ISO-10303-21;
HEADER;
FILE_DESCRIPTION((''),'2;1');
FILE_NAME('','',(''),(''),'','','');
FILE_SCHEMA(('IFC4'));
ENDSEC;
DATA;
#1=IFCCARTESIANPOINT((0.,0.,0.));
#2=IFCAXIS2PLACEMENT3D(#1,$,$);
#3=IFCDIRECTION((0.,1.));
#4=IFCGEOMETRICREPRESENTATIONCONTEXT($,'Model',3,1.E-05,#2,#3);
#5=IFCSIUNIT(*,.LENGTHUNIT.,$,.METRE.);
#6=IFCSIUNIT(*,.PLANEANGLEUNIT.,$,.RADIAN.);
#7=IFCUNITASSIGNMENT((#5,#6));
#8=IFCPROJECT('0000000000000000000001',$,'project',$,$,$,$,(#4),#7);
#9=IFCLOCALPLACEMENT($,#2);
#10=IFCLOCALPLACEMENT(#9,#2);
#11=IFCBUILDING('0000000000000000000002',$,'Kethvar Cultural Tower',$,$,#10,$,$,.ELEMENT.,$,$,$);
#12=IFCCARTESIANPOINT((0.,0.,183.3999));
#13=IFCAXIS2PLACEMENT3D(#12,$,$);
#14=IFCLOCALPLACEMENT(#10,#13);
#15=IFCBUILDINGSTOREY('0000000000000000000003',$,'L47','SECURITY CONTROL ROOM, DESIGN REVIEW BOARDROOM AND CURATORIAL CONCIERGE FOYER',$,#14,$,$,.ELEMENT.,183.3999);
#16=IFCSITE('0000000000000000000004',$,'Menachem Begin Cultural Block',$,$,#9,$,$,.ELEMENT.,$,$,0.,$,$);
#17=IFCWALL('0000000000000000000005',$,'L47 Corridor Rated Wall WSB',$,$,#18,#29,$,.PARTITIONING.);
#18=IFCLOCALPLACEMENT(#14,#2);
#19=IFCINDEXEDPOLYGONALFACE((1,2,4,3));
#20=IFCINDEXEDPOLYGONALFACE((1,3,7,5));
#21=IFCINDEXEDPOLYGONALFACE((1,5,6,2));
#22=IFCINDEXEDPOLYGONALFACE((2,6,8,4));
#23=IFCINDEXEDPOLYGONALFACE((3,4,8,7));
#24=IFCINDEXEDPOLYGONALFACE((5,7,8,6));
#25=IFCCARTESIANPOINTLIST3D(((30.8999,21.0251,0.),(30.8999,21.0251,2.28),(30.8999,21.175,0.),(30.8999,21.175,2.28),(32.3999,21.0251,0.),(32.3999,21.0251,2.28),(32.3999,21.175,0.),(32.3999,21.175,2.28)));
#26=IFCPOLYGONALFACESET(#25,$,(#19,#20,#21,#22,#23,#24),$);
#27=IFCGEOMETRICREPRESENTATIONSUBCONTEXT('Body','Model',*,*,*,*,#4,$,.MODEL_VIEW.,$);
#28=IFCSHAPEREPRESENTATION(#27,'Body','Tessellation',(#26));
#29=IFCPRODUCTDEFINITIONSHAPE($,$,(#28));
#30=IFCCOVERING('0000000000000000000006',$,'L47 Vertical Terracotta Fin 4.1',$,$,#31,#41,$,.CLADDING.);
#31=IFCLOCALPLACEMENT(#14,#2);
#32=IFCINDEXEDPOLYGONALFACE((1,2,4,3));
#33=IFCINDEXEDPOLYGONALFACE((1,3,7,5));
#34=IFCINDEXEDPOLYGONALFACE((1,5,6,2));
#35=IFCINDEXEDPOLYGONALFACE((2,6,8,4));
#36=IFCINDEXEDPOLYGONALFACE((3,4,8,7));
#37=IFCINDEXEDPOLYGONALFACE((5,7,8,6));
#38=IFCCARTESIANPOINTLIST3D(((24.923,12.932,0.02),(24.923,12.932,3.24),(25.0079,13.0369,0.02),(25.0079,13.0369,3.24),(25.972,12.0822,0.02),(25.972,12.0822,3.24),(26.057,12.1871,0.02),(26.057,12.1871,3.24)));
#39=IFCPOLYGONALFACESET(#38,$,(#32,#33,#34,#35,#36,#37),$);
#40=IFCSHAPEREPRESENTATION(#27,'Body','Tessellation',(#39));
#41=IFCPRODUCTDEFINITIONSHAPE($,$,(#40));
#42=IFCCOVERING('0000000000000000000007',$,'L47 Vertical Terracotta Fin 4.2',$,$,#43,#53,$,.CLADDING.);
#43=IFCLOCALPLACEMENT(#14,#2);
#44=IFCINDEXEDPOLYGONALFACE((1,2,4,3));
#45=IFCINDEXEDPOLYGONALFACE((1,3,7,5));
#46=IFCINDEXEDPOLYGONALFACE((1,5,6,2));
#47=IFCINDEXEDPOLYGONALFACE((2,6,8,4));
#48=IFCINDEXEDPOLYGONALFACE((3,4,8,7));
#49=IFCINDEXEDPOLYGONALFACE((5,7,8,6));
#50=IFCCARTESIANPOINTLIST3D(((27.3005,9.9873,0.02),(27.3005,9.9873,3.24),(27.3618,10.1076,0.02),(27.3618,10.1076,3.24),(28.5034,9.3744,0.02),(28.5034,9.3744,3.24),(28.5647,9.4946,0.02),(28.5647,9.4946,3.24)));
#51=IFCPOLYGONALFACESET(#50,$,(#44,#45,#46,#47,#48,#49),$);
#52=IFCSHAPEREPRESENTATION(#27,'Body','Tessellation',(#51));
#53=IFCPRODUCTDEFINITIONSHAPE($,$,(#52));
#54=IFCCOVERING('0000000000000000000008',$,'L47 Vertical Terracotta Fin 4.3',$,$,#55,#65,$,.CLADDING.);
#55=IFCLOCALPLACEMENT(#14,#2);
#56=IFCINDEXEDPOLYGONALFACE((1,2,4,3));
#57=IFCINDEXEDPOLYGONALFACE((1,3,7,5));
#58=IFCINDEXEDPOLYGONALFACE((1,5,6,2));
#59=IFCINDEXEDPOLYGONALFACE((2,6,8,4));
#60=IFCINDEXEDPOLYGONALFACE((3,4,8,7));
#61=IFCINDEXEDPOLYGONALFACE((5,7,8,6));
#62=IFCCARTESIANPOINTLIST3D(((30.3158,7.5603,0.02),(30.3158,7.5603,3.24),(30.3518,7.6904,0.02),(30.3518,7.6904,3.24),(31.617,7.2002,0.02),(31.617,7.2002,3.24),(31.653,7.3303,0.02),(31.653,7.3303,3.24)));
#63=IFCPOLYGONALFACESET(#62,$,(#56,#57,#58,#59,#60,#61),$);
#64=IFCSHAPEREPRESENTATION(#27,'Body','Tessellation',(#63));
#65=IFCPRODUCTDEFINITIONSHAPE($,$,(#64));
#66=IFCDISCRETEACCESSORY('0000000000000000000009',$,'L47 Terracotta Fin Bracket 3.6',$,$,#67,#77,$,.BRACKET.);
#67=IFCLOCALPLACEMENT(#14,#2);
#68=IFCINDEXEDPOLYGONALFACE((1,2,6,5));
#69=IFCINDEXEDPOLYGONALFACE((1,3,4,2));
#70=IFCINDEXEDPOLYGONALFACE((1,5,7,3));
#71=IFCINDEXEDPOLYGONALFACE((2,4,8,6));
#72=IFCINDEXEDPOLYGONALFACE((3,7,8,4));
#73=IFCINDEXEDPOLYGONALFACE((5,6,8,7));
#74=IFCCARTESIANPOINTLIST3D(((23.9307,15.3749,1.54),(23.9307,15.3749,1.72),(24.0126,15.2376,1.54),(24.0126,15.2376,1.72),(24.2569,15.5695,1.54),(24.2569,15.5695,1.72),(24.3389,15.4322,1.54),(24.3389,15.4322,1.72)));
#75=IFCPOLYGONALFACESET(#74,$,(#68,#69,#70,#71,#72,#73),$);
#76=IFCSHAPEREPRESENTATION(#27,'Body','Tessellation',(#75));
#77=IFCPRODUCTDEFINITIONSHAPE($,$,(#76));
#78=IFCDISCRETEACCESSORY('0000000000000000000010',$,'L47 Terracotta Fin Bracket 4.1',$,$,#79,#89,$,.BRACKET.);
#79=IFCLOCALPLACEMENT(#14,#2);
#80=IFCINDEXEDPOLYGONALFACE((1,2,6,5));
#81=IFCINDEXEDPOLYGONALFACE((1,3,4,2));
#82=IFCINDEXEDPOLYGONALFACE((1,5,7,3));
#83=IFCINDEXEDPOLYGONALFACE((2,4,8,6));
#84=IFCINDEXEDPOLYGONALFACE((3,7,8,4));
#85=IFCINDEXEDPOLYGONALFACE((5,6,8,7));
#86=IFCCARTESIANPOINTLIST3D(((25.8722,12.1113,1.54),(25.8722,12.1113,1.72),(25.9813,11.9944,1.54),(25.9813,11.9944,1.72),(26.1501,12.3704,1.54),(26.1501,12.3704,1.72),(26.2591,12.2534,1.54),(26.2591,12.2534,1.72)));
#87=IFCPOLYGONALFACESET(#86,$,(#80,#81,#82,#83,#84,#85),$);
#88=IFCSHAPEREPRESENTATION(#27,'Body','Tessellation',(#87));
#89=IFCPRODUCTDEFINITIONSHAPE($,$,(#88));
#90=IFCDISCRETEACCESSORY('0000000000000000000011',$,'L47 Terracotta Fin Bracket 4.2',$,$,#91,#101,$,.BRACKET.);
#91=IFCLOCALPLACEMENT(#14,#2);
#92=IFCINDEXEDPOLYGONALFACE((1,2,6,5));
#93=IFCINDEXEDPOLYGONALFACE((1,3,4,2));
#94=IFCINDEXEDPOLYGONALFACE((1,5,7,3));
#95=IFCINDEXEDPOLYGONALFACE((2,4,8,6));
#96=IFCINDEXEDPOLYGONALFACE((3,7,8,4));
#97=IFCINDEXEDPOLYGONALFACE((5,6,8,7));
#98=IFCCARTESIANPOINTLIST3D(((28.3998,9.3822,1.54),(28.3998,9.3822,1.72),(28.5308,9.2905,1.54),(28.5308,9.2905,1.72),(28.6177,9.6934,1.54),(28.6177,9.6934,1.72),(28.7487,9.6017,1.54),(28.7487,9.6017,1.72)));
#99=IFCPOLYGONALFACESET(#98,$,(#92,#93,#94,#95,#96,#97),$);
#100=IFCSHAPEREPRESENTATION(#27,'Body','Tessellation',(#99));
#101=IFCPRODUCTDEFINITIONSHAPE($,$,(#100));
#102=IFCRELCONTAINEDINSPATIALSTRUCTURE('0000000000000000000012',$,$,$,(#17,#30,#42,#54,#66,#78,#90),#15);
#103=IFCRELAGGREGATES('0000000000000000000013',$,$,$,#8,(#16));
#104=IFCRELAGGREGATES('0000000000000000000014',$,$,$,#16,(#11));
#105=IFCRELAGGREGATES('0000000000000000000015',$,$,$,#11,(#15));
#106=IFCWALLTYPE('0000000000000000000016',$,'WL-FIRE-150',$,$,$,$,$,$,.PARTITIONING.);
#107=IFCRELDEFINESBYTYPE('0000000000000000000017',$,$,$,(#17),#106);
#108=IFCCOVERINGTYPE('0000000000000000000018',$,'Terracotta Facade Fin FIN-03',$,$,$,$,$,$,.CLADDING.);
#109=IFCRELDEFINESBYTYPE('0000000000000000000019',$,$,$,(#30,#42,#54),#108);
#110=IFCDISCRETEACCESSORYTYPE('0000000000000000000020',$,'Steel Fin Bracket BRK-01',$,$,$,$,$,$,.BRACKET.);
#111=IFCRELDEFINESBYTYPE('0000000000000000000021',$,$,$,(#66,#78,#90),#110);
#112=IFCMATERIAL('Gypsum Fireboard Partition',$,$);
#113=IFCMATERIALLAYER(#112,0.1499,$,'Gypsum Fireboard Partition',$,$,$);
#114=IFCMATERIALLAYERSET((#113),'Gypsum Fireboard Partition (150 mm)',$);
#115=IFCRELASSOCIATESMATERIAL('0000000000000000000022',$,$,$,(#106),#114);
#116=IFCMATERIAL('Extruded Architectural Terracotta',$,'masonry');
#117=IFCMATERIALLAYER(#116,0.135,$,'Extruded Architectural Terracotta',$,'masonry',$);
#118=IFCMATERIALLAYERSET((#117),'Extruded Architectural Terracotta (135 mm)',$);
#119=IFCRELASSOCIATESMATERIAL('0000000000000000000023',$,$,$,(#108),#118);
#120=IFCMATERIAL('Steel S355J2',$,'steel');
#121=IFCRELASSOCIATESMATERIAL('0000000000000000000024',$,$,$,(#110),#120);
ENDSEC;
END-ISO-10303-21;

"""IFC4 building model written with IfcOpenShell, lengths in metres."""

from ifc_helpers import new_model, si_unit, direction, frame, frame_2d, origin, origin_2d, place, context, subcontext, project, spatial, rectangle, extrude, source, transform, mapped, material, layer, layer_set, type_object, element, save


model = new_model("IFC4")

# Units and contexts
model_context = context("Model", 3, precision=1e-05, world=origin(), true_north=direction((0.0, 1.0)))
body_context = subcontext(model_context, "Body", "Model", "MODEL_VIEW")
ifc_project = project(units=[si_unit("LENGTHUNIT", "METRE"), si_unit("PLANEANGLEUNIT", "RADIAN")], contexts=[model_context])

# Site, building, storey
site_placement = place(None, origin())
site = spatial("IfcSite", under=ifc_project, at=site_placement, Name="Menachem Begin Cultural Block", CompositionType="ELEMENT", RefElevation=0.0)
building_placement = place(site_placement, origin())
building = spatial("IfcBuilding", under=site, at=building_placement, Name="Kethvar Cultural Tower", CompositionType="ELEMENT")
storey_placement = place(building_placement, frame((0.0, 0.0, 183.3999)))
storey = spatial("IfcBuildingStorey", under=building, at=storey_placement, Name="L47", Description="SECURITY CONTROL ROOM, DESIGN REVIEW BOARDROOM AND CURATORIAL CONCIERGE FOYER", CompositionType="ELEMENT", Elevation=183.3999)

# Shared definitions
ifc_material_1 = material(Name="Steel S355J2", Category="steel")

# Wall
ifc_material_2 = material(Name="Gypsum Fireboard Partition")
ifc_layer_1 = layer(ifc_material_2, 0.1499, Name="Gypsum Fireboard Partition")
ifc_layer_set_1 = layer_set([ifc_layer_1], Name="Gypsum Fireboard Partition (150 mm)")
wall_type = type_object("IfcWallType", Name="WL-FIRE-150", PredefinedType="PARTITIONING", material=ifc_layer_set_1)
wall_1_placement = place(storey_placement, frame((30.8999, 21.1001, 0.0), z_axis=(0.0, 0.0, 1.0), x_axis=(1.0, 0.0, 0.0)))
element("IfcWall", 1, at=wall_1_placement, inside=storey, type_object=wall_type, Name="L47 Corridor Rated Wall WSB", PredefinedType="PARTITIONING", context=body_context, shape_type="SweptSolid", body=[
    extrude(rectangle(XDim=1.5, YDim=0.1499, at=frame_2d((0.75, 0.0))), origin(), (0.0, 0.0, 1.0), 2.28),
])

# Coverings
ifc_material_3 = material(Name="Extruded Architectural Terracotta", Category="masonry")
ifc_layer_2 = layer(ifc_material_3, 0.135, Name="Extruded Architectural Terracotta", Category="masonry")
ifc_layer_set_2 = layer_set([ifc_layer_2], Name="Extruded Architectural Terracotta (135 mm)")
covering_type = type_object("IfcCoveringType", Name="Terracotta Facade Fin FIN-03", PredefinedType="CLADDING", material=ifc_layer_set_2)
shared_shape_1 = source(origin(), body_context, "Body", "SweptSolid", [
    extrude(rectangle(XDim=1.3501, YDim=0.135, at=origin_2d()), origin(), (0.0, 0.0, 1.0), 3.22),
])
for number, where, z_axis, x_axis, name in (
    (2, (25.49, 12.5596, 0.02), (0.0, 0.0, 1.0), (-0.777036, 0.629456, 0.0), "L47 Vertical Terracotta Fin 4.1"),
    (3, (27.9326, 9.741, 0.02), (0.0, 0.0, 1.0), (-0.891007, 0.45399, 0.0), "L47 Vertical Terracotta Fin 4.2"),
    (4, (30.9844, 7.4453, 0.02), (0.0, 0.0, 1.0), (-0.96377, 0.266734, 0.0), "L47 Vertical Terracotta Fin 4.3"),
):
    element("IfcCovering", number, at=place(storey_placement, frame(where, z_axis=z_axis, x_axis=x_axis)), inside=storey, type_object=covering_type, Name=name, PredefinedType="CLADDING", context=body_context, shape_type="MappedRepresentation", body=[
        mapped(shared_shape_1, transform((0.0, 0.0, 0.0), scale=1.0)),
    ])

# Discrete accessories
discrete_accessory_type = type_object("IfcDiscreteAccessoryType", Name="Steel Fin Bracket BRK-01", PredefinedType="BRACKET", material=ifc_material_1)
shared_shape_2 = source(origin(), body_context, "Body", "SweptSolid", [
    extrude(rectangle(XDim=0.3799, YDim=0.1599, at=origin_2d()), origin(), (0.0, 0.0, 1.0), 0.1799),
])
for number, where, z_axis, x_axis, name in (
    (5, (24.1348, 15.4036, 1.54), (0.0, 0.0, 1.0), (-0.858871, -0.512193, 0.0), "L47 Terracotta Fin Bracket 3.6"),
    (6, (26.0657, 12.1824, 1.54), (0.0, 0.0, 1.0), (-0.731473, -0.681871, 0.0), "L47 Terracotta Fin Bracket 4.1"),
    (7, (28.5742, 9.4919, 1.54), (0.0, 0.0, 1.0), (-0.573576, -0.819152, 0.0), "L47 Terracotta Fin Bracket 4.2"),
):
    element("IfcDiscreteAccessory", number, at=place(storey_placement, frame(where, z_axis=z_axis, x_axis=x_axis)), inside=storey, type_object=discrete_accessory_type, Name=name, PredefinedType="BRACKET", context=body_context, shape_type="MappedRepresentation", body=[
        mapped(shared_shape_2, transform((0.0, 0.0, 0.0), scale=1.0)),
    ])

save(model, "model.ifc")
